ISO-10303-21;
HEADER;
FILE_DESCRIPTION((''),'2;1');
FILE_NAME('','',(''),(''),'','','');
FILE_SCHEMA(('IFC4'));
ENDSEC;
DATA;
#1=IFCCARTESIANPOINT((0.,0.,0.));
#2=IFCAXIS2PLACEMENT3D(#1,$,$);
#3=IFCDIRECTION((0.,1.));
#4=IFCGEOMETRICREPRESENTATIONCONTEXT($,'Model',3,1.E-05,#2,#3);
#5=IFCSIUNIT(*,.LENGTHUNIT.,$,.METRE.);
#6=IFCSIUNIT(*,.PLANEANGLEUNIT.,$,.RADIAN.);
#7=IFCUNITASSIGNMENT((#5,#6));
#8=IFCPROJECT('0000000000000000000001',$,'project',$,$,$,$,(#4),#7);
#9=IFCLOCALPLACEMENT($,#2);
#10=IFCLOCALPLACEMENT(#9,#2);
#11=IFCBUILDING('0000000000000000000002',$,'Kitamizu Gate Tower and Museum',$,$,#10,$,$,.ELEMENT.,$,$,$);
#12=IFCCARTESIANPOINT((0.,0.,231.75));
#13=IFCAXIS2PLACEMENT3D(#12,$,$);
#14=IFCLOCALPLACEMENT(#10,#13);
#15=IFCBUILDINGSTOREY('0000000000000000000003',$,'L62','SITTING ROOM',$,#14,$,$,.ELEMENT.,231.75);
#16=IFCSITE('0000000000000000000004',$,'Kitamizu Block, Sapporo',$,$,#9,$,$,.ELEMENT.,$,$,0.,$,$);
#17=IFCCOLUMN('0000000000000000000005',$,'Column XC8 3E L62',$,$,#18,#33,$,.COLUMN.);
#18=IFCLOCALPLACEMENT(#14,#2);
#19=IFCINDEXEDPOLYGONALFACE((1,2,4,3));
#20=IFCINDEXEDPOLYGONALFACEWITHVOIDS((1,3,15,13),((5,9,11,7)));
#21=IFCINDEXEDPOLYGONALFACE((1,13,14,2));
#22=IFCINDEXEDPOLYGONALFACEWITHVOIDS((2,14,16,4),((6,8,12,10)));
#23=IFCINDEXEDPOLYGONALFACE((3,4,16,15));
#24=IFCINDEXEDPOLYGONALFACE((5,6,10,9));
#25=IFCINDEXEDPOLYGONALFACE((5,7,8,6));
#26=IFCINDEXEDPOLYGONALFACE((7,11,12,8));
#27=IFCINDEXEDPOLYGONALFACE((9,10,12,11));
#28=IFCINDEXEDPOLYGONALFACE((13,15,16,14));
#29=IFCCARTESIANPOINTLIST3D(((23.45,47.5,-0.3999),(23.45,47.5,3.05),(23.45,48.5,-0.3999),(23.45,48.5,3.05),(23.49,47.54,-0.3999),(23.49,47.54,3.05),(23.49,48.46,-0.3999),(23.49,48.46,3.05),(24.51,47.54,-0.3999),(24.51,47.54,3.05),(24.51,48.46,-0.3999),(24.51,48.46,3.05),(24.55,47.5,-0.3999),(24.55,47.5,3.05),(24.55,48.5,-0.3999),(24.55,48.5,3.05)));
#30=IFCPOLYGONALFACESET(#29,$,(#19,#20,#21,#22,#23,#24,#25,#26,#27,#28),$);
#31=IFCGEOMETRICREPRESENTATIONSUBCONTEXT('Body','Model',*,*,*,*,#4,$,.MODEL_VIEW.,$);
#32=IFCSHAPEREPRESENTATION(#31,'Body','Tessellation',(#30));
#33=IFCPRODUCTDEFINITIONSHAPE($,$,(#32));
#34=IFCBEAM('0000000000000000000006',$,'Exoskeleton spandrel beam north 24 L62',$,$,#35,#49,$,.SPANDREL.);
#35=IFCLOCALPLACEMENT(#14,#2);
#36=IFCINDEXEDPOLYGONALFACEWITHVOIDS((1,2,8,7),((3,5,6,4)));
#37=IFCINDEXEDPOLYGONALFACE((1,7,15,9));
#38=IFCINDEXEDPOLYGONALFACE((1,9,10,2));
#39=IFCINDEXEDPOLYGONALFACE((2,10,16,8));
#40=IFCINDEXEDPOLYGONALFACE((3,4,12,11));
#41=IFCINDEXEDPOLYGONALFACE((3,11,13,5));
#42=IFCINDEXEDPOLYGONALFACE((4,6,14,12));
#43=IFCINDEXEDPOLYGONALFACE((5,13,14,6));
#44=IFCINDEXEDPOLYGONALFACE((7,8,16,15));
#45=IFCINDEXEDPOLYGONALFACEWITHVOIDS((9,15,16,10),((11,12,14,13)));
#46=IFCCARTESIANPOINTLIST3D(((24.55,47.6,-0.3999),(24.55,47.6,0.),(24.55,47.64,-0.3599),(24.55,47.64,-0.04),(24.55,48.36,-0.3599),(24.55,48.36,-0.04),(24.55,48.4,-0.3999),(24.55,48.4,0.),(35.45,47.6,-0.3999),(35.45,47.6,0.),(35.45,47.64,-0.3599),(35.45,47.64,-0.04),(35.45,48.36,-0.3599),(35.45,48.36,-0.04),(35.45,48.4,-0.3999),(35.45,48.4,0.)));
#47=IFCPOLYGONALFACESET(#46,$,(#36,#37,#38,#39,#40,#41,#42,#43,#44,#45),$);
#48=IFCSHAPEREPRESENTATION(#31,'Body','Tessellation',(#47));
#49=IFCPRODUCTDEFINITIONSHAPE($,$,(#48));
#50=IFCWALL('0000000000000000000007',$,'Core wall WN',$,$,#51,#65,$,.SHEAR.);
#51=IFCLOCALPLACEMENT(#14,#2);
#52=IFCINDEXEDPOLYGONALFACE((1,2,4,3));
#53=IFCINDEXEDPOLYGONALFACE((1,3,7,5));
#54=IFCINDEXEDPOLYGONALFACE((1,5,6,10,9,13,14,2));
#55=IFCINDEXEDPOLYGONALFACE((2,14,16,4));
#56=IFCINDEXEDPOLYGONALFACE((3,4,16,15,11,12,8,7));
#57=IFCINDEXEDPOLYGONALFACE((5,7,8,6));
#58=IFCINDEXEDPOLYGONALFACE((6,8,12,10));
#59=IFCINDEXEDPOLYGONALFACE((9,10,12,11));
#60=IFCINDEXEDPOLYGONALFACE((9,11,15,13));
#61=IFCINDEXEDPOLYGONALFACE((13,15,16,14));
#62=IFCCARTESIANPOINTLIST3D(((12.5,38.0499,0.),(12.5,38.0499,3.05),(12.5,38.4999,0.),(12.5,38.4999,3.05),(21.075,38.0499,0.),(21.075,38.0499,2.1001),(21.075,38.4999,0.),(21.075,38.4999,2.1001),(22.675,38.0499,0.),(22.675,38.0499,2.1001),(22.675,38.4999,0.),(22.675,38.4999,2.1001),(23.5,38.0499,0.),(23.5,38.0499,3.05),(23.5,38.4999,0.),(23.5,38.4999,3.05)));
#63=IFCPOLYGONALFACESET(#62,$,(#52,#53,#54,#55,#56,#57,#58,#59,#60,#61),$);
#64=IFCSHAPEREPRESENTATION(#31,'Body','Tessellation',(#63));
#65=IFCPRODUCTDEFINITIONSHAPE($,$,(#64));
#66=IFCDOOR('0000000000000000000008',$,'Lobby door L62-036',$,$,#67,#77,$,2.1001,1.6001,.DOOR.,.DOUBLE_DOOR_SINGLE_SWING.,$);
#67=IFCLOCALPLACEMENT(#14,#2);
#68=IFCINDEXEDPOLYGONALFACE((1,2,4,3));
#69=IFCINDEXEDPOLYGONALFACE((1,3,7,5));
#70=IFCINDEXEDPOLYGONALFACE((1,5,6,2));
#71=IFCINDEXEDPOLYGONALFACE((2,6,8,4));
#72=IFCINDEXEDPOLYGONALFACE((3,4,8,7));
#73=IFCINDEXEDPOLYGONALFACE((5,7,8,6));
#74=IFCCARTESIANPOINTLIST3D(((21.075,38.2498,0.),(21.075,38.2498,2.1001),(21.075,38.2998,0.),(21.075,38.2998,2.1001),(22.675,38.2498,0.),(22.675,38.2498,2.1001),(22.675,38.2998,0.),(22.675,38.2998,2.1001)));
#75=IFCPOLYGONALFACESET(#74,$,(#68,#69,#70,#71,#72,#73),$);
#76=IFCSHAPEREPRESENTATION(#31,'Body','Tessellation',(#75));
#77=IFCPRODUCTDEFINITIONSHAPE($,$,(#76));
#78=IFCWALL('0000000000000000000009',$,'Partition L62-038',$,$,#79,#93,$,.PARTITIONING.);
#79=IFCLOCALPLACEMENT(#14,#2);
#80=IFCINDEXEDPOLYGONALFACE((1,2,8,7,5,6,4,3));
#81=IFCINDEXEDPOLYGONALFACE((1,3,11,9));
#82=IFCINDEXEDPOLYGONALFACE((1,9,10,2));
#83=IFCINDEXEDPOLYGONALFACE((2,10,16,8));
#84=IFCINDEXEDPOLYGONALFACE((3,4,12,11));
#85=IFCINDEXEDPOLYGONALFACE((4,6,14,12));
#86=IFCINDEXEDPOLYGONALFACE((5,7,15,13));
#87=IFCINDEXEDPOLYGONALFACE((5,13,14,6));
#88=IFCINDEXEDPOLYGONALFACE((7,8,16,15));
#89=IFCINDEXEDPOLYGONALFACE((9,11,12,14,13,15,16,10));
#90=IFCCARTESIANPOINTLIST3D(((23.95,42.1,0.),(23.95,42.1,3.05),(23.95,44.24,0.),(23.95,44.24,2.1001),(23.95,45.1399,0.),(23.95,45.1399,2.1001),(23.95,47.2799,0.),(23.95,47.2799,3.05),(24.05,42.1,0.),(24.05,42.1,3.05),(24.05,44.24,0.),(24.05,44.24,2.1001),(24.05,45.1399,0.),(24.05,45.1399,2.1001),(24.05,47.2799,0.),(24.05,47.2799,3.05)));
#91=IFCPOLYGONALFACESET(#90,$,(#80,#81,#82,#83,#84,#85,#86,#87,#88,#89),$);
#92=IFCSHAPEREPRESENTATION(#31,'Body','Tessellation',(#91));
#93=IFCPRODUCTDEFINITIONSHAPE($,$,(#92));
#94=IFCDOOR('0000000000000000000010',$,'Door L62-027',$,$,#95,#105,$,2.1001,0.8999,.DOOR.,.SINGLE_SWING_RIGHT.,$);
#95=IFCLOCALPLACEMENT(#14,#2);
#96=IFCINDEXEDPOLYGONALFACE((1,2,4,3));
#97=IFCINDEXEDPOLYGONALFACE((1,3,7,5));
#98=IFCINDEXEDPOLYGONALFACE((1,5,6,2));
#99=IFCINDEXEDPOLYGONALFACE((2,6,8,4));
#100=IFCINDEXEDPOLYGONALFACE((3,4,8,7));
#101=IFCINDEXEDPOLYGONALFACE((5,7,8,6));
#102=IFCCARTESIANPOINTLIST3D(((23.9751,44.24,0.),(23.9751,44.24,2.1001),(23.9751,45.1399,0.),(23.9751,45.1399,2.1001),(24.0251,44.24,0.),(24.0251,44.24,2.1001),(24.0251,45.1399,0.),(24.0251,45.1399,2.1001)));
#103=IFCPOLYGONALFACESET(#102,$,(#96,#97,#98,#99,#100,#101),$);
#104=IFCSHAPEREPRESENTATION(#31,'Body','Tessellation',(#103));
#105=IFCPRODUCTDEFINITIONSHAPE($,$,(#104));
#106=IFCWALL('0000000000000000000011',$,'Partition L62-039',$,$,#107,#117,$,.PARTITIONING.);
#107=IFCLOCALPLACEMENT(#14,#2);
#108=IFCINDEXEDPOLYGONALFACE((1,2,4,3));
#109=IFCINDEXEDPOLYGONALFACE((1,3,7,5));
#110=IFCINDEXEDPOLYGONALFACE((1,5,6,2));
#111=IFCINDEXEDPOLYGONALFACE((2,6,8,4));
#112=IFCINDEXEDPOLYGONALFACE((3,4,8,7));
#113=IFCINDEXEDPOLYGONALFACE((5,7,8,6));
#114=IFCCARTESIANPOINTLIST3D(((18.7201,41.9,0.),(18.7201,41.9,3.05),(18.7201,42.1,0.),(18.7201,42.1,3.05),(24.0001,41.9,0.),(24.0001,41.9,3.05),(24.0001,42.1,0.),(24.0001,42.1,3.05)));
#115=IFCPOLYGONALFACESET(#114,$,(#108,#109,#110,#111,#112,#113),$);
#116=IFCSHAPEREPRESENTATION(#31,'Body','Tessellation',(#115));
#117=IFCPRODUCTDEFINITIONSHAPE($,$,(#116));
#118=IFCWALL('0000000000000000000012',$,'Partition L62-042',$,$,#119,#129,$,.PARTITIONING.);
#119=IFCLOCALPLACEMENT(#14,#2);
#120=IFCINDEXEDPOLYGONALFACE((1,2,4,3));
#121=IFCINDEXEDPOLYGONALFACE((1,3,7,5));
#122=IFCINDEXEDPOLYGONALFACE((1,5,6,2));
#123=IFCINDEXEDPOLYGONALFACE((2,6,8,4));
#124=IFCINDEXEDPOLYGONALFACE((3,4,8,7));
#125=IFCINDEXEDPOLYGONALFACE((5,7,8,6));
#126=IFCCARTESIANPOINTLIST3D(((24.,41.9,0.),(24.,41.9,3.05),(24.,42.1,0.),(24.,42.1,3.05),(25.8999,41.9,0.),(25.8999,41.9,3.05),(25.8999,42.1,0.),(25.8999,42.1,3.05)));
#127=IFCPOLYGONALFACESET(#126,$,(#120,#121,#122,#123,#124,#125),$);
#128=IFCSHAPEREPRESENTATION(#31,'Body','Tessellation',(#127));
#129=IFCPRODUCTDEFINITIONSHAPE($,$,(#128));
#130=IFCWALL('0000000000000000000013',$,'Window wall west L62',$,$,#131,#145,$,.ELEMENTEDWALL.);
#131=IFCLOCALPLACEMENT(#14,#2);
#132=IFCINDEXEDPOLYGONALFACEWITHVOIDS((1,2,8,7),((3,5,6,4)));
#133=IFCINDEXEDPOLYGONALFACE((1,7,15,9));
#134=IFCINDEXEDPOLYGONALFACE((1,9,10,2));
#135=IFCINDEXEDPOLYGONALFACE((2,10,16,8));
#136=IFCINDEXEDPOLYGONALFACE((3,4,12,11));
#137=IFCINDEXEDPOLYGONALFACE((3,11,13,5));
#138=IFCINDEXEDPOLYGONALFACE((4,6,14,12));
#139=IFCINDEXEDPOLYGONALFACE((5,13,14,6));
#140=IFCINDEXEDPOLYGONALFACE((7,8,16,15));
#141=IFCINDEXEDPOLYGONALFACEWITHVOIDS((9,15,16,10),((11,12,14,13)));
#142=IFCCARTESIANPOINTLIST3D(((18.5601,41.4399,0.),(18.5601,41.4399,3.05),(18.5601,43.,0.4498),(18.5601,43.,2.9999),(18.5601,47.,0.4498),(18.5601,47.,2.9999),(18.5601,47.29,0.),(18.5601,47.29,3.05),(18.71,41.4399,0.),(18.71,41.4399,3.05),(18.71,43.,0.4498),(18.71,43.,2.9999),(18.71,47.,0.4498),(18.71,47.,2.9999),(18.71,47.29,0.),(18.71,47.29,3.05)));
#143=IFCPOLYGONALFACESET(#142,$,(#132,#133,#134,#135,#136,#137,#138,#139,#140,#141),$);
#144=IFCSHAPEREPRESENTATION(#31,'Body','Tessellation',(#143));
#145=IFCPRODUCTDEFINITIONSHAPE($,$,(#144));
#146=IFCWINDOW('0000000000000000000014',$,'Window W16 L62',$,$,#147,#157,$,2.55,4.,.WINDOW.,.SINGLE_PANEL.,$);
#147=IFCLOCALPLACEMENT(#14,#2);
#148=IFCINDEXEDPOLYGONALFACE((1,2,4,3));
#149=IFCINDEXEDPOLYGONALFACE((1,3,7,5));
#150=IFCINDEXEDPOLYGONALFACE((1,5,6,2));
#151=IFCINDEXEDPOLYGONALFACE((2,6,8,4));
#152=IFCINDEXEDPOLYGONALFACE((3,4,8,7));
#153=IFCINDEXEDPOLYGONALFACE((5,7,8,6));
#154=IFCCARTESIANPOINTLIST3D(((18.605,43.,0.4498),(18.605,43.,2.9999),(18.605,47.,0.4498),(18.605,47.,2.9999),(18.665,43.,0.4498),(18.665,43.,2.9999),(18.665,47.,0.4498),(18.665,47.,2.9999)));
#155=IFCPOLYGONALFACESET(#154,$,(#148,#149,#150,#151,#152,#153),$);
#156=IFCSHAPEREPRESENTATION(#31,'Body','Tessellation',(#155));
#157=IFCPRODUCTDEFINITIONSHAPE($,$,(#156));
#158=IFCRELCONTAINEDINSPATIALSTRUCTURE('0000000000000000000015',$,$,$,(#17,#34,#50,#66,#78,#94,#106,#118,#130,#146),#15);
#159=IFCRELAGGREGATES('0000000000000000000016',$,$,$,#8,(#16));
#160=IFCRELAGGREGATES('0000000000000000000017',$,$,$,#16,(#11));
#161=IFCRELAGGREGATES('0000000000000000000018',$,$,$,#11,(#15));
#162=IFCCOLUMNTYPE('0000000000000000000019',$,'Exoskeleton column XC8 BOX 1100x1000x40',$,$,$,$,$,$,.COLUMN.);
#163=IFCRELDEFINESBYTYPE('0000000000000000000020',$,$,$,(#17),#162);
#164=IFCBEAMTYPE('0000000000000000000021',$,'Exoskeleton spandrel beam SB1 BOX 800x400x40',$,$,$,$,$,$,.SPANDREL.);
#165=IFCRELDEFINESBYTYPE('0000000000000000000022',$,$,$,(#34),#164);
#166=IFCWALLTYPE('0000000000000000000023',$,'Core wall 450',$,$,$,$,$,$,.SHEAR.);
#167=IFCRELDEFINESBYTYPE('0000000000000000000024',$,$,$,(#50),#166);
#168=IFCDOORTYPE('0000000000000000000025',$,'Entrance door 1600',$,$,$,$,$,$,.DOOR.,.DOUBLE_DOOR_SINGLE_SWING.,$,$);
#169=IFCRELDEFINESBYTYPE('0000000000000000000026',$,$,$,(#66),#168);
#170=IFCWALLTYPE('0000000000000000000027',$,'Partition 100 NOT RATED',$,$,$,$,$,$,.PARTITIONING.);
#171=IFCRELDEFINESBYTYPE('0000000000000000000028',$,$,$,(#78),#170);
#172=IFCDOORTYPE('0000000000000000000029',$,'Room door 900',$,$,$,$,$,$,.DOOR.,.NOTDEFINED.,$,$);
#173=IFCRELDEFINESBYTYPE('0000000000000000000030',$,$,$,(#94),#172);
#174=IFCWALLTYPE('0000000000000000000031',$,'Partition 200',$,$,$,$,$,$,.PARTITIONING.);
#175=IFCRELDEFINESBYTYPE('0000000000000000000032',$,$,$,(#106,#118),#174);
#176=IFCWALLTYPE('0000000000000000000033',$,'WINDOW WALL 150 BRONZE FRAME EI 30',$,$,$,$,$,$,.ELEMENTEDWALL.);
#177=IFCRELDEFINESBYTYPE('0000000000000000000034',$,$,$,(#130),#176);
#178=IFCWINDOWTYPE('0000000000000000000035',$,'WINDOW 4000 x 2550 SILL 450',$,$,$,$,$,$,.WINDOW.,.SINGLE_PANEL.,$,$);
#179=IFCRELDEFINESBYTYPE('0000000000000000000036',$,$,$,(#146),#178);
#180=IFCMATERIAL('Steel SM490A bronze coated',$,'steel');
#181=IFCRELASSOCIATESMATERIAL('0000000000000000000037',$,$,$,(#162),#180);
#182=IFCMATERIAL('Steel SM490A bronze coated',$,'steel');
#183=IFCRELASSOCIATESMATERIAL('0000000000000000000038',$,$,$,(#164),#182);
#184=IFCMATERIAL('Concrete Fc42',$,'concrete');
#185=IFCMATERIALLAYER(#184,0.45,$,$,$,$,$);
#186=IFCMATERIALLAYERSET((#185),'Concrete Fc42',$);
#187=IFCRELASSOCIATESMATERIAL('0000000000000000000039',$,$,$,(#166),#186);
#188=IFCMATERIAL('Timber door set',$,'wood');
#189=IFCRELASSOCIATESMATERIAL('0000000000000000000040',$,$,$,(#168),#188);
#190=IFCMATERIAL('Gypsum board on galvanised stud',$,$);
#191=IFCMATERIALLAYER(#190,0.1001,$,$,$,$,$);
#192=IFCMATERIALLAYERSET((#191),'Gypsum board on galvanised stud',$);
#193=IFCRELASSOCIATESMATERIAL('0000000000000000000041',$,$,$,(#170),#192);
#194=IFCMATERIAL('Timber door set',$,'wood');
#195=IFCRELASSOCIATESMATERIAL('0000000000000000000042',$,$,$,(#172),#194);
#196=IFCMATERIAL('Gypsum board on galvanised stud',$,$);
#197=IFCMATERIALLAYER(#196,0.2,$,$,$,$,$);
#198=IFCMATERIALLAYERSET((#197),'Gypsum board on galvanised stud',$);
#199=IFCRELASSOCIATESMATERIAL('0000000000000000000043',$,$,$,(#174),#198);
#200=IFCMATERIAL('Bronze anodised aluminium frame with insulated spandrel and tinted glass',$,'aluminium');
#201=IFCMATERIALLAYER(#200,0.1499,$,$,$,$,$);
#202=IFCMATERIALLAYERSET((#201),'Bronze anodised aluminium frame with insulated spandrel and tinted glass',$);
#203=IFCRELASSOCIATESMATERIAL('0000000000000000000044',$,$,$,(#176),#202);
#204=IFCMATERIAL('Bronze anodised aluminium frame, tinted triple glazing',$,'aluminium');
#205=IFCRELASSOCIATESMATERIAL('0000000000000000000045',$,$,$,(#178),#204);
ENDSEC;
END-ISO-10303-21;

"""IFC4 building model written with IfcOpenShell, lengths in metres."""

from ifc_helpers import new_model, si_unit, direction, frame, frame_2d, origin, origin_2d, place, context, subcontext, project, spatial, rectangle, hollow_rectangle, extrude, material, layer, layer_set, material_profile, profile_set, type_object, element, fill, save


model = new_model("IFC4")

# Units and contexts
model_context = context("Model", 3, precision=1e-05, world=origin(), true_north=direction((0.0, 1.0)))
body_context = subcontext(model_context, "Body", "Model", "MODEL_VIEW")
ifc_project = project(units=[si_unit("LENGTHUNIT", "METRE"), si_unit("PLANEANGLEUNIT", "RADIAN")], contexts=[model_context])

# Site, building, storey
site_placement = place(None, origin())
site = spatial("IfcSite", under=ifc_project, at=site_placement, Name="Kitamizu Block, Sapporo", CompositionType="ELEMENT", RefElevation=0.0)
building_placement = place(site_placement, origin())
building = spatial("IfcBuilding", under=site, at=building_placement, Name="Kitamizu Gate Tower and Museum", CompositionType="ELEMENT")
storey_placement = place(building_placement, frame((0.0, 0.0, 231.75)))
storey = spatial("IfcBuildingStorey", under=building, at=storey_placement, Name="L62", Description="SITTING ROOM", CompositionType="ELEMENT", Elevation=231.75)

# Column
ifc_material_1 = material(Name="Steel SM490A bronze coated", Category="steel")
ifc_material_profile_1 = material_profile(ifc_material_1, hollow_rectangle(XDim=1.1001, YDim=1.0, WallThickness=0.04, at=origin_2d()), Name="BOX 1100x1000x40")
ifc_profile_set_1 = profile_set([ifc_material_profile_1], Name="Steel SM490A bronze coated")
column_type = type_object("IfcColumnType", Name="Exoskeleton column XC8 BOX 1100x1000x40", PredefinedType="COLUMN", material=ifc_profile_set_1)
column_placement = place(storey_placement, frame((24.0, 48.0, -0.3999), z_axis=(0.0, 0.0, 1.0), x_axis=(1.0, 0.0, 0.0)))
element("IfcColumn", 1, at=column_placement, inside=storey, type_object=column_type, Name="Column XC8 3E L62", PredefinedType="COLUMN", context=body_context, shape_type="SweptSolid", body=[
    extrude(hollow_rectangle(XDim=1.1001, YDim=1.0, WallThickness=0.04, at=origin_2d()), origin(), (0.0, 0.0, 1.0), 3.45),
])

# Beam
ifc_material_2 = material(Name="Steel SM490A bronze coated", Category="steel")
ifc_material_profile_2 = material_profile(ifc_material_2, hollow_rectangle(XDim=0.8, YDim=0.3999, WallThickness=0.04, at=origin_2d()), Name="BOX 800x400x40")
ifc_profile_set_2 = profile_set([ifc_material_profile_2], Name="Steel SM490A bronze coated")
beam_type = type_object("IfcBeamType", Name="Exoskeleton spandrel beam SB1 BOX 800x400x40", PredefinedType="SPANDREL", material=ifc_profile_set_2)
beam_placement = place(storey_placement, frame((24.55, 48.0, -0.2), z_axis=(1.0, 0.0, 0.0), x_axis=(0.0, 1.0, 0.0)))
element("IfcBeam", 2, at=beam_placement, inside=storey, type_object=beam_type, Name="Exoskeleton spandrel beam north 24 L62", PredefinedType="SPANDREL", context=body_context, shape_type="SweptSolid", body=[
    extrude(hollow_rectangle(XDim=0.8, YDim=0.3999, WallThickness=0.04, at=origin_2d()), origin(), (0.0, 0.0, 1.0), 10.8999),
])

# Walls, openings, doors
ifc_material_3 = material(Name="Concrete Fc42", Category="concrete")
ifc_layer_1 = layer(ifc_material_3, 0.45)
ifc_layer_set_1 = layer_set([ifc_layer_1], Name="Concrete Fc42")
wall_type_1 = type_object("IfcWallType", Name="Core wall 450", PredefinedType="SHEAR", material=ifc_layer_set_1)
wall_1_placement = place(storey_placement, frame((12.5, 38.2749, 0.0), z_axis=(0.0, 0.0, 1.0), x_axis=(1.0, 0.0, 0.0)))
wall_1 = element("IfcWall", 3, at=wall_1_placement, inside=storey, type_object=wall_type_1, Name="Core wall WN", PredefinedType="SHEAR", context=body_context, shape_type="SweptSolid", body=[
    extrude(rectangle(XDim=11.0, YDim=0.45, at=frame_2d((5.5, 0.0))), origin(), (0.0, 0.0, 1.0), 3.05),
])
opening_1_placement = place(wall_1_placement, frame((8.575, 0.0, 0.0)))
opening_1 = element("IfcOpeningElement", 4, at=opening_1_placement, cuts=wall_1, PredefinedType="OPENING", context=body_context, shape_type="SweptSolid", body=[
    extrude(rectangle(XDim=1.6001, YDim=2.1001, at=frame_2d((0.8, 1.05))), frame((0.0, 0.2349, 0.0), z_axis=(0.0, -1.0, 0.0), x_axis=(1.0, 0.0, 0.0)), (0.0, 0.0, 1.0), 0.47),
])
ifc_material_4 = material(Name="Timber door set", Category="wood")
door_type_1 = type_object("IfcDoorType", Name="Entrance door 1600", OperationType="DOUBLE_DOOR_SINGLE_SWING", PredefinedType="DOOR", material=ifc_material_4)
door_1_placement = place(opening_1_placement, origin())
door_1 = element("IfcDoor", 5, at=door_1_placement, inside=storey, type_object=door_type_1, Name="Lobby door L62-036", OperationType="DOUBLE_DOOR_SINGLE_SWING", OverallHeight=2.1001, OverallWidth=1.6001, PredefinedType="DOOR", context=body_context, shape_type="SweptSolid", body=[
    extrude(rectangle(XDim=1.6001, YDim=2.1001, at=frame_2d((0.8, 1.05))), frame((0.0, 0.0249, 0.0), z_axis=(0.0, -1.0, 0.0), x_axis=(1.0, 0.0, 0.0)), (0.0, 0.0, 1.0), 0.05),
])
fill(opening_1, door_1)
ifc_material_5 = material(Name="Gypsum board on galvanised stud")
ifc_layer_2 = layer(ifc_material_5, 0.1001)
ifc_layer_set_2 = layer_set([ifc_layer_2], Name="Gypsum board on galvanised stud")
wall_type_2 = type_object("IfcWallType", Name="Partition 100 NOT RATED", PredefinedType="PARTITIONING", material=ifc_layer_set_2)
wall_2_placement = place(storey_placement, frame((24.0, 42.1001, 0.0), z_axis=(0.0, 0.0, 1.0), x_axis=(0.0, 1.0, 0.0)))
wall_2 = element("IfcWall", 6, at=wall_2_placement, inside=storey, type_object=wall_type_2, Name="Partition L62-038", PredefinedType="PARTITIONING", context=body_context, shape_type="SweptSolid", body=[
    extrude(rectangle(XDim=5.1799, YDim=0.1001, at=frame_2d((2.5898, 0.0))), origin(), (0.0, 0.0, 1.0), 3.05),
])
opening_2_placement = place(wall_2_placement, frame((2.1399, 0.0, 0.0)))
opening_2 = element("IfcOpeningElement", 7, at=opening_2_placement, cuts=wall_2, PredefinedType="OPENING", context=body_context, shape_type="SweptSolid", body=[
    extrude(rectangle(XDim=0.8999, YDim=2.1001, at=frame_2d((0.45, 1.05))), frame((0.0, 0.0601, 0.0), z_axis=(0.0, -1.0, 0.0), x_axis=(1.0, 0.0, 0.0)), (0.0, 0.0, 1.0), 0.1201),
])
ifc_material_6 = material(Name="Timber door set", Category="wood")
door_type_2 = type_object("IfcDoorType", Name="Room door 900", OperationType="NOTDEFINED", PredefinedType="DOOR", material=ifc_material_6)
door_2_placement = place(opening_2_placement, origin())
door_2 = element("IfcDoor", 8, at=door_2_placement, inside=storey, type_object=door_type_2, Name="Door L62-027", OperationType="SINGLE_SWING_RIGHT", OverallHeight=2.1001, OverallWidth=0.8999, PredefinedType="DOOR", context=body_context, shape_type="SweptSolid", body=[
    extrude(rectangle(XDim=0.8999, YDim=2.1001, at=frame_2d((0.45, 1.05))), frame((0.0, 0.0249, 0.0), z_axis=(0.0, -1.0, 0.0), x_axis=(1.0, 0.0, 0.0)), (0.0, 0.0, 1.0), 0.05),
])
fill(opening_2, door_2)

# Walls
ifc_material_7 = material(Name="Gypsum board on galvanised stud")
ifc_layer_3 = layer(ifc_material_7, 0.2)
ifc_layer_set_3 = layer_set([ifc_layer_3], Name="Gypsum board on galvanised stud")
wall_type_3 = type_object("IfcWallType", Name="Partition 200", PredefinedType="PARTITIONING", material=ifc_layer_set_3)
wall_3_placement = place(storey_placement, frame((18.72, 42.0, 0.0), z_axis=(0.0, 0.0, 1.0), x_axis=(1.0, 0.0, 0.0)))
element("IfcWall", 9, at=wall_3_placement, inside=storey, type_object=wall_type_3, Name="Partition L62-039", PredefinedType="PARTITIONING", context=body_context, shape_type="SweptSolid", body=[
    extrude(rectangle(XDim=5.28, YDim=0.2, at=frame_2d((2.6401, 0.0))), origin(), (0.0, 0.0, 1.0), 3.05),
])
wall_4_placement = place(storey_placement, frame((24.0, 42.0, 0.0), z_axis=(0.0, 0.0, 1.0), x_axis=(1.0, 0.0, 0.0)))
element("IfcWall", 10, at=wall_4_placement, inside=storey, type_object=wall_type_3, Name="Partition L62-042", PredefinedType="PARTITIONING", context=body_context, shape_type="SweptSolid", body=[
    extrude(rectangle(XDim=1.8999, YDim=0.2, at=frame_2d((0.95, 0.0))), origin(), (0.0, 0.0, 1.0), 3.05),
])

# Shared definitions
ifc_material_8 = material(Name="Bronze anodised aluminium frame with insulated spandrel and tinted glass", Category="aluminium")
ifc_layer_4 = layer(ifc_material_8, 0.1499)
ifc_layer_set_4 = layer_set([ifc_layer_4], Name="Bronze anodised aluminium frame with insulated spandrel and tinted glass")
wall_type_4 = type_object("IfcWallType", Name="WINDOW WALL 150 BRONZE FRAME EI 30", PredefinedType="ELEMENTEDWALL", material=ifc_layer_set_4)

# Wall, opening, window
wall_5_placement = place(storey_placement, frame((18.635, 41.4399, 0.0), z_axis=(0.0, 0.0, 1.0), x_axis=(0.0, 1.0, 0.0)))
wall_5 = element("IfcWall", 11, at=wall_5_placement, inside=storey, type_object=wall_type_4, Name="Window wall west L62", PredefinedType="ELEMENTEDWALL", context=body_context, shape_type="SweptSolid", body=[
    extrude(rectangle(XDim=5.8501, YDim=0.1499, at=frame_2d((2.925, 0.0))), origin(), (0.0, 0.0, 1.0), 3.05),
])
opening_3_placement = place(wall_5_placement, frame((1.5601, 0.0, 0.45)))
opening_3 = element("IfcOpeningElement", 12, at=opening_3_placement, cuts=wall_5, PredefinedType="OPENING", context=body_context, shape_type="SweptSolid", body=[
    extrude(rectangle(XDim=4.0, YDim=2.55, at=frame_2d((2.0, 1.2749))), frame((0.0, 0.085, 0.0), z_axis=(0.0, -1.0, 0.0), x_axis=(1.0, 0.0, 0.0)), (0.0, 0.0, 1.0), 0.1699),
])
ifc_material_9 = material(Name="Bronze anodised aluminium frame, tinted triple glazing", Category="aluminium")
window_type_1 = type_object("IfcWindowType", Name="WINDOW 4000 x 2550 SILL 450", PartitioningType="SINGLE_PANEL", PredefinedType="WINDOW", material=ifc_material_9)
window_1_placement = place(opening_3_placement, origin())
window_1 = element("IfcWindow", 13, at=window_1_placement, inside=storey, type_object=window_type_1, Name="Window W16 L62", OverallHeight=2.55, OverallWidth=4.0, PartitioningType="SINGLE_PANEL", PredefinedType="WINDOW", context=body_context, shape_type="SweptSolid", body=[
    extrude(rectangle(XDim=4.0, YDim=2.55, at=frame_2d((2.0, 1.2749))), frame((0.0, 0.03, 0.0), z_axis=(0.0, -1.0, 0.0), x_axis=(1.0, 0.0, 0.0)), (0.0, 0.0, 1.0), 0.0601),
])
fill(opening_3, window_1)

save(model, "model.ifc")
